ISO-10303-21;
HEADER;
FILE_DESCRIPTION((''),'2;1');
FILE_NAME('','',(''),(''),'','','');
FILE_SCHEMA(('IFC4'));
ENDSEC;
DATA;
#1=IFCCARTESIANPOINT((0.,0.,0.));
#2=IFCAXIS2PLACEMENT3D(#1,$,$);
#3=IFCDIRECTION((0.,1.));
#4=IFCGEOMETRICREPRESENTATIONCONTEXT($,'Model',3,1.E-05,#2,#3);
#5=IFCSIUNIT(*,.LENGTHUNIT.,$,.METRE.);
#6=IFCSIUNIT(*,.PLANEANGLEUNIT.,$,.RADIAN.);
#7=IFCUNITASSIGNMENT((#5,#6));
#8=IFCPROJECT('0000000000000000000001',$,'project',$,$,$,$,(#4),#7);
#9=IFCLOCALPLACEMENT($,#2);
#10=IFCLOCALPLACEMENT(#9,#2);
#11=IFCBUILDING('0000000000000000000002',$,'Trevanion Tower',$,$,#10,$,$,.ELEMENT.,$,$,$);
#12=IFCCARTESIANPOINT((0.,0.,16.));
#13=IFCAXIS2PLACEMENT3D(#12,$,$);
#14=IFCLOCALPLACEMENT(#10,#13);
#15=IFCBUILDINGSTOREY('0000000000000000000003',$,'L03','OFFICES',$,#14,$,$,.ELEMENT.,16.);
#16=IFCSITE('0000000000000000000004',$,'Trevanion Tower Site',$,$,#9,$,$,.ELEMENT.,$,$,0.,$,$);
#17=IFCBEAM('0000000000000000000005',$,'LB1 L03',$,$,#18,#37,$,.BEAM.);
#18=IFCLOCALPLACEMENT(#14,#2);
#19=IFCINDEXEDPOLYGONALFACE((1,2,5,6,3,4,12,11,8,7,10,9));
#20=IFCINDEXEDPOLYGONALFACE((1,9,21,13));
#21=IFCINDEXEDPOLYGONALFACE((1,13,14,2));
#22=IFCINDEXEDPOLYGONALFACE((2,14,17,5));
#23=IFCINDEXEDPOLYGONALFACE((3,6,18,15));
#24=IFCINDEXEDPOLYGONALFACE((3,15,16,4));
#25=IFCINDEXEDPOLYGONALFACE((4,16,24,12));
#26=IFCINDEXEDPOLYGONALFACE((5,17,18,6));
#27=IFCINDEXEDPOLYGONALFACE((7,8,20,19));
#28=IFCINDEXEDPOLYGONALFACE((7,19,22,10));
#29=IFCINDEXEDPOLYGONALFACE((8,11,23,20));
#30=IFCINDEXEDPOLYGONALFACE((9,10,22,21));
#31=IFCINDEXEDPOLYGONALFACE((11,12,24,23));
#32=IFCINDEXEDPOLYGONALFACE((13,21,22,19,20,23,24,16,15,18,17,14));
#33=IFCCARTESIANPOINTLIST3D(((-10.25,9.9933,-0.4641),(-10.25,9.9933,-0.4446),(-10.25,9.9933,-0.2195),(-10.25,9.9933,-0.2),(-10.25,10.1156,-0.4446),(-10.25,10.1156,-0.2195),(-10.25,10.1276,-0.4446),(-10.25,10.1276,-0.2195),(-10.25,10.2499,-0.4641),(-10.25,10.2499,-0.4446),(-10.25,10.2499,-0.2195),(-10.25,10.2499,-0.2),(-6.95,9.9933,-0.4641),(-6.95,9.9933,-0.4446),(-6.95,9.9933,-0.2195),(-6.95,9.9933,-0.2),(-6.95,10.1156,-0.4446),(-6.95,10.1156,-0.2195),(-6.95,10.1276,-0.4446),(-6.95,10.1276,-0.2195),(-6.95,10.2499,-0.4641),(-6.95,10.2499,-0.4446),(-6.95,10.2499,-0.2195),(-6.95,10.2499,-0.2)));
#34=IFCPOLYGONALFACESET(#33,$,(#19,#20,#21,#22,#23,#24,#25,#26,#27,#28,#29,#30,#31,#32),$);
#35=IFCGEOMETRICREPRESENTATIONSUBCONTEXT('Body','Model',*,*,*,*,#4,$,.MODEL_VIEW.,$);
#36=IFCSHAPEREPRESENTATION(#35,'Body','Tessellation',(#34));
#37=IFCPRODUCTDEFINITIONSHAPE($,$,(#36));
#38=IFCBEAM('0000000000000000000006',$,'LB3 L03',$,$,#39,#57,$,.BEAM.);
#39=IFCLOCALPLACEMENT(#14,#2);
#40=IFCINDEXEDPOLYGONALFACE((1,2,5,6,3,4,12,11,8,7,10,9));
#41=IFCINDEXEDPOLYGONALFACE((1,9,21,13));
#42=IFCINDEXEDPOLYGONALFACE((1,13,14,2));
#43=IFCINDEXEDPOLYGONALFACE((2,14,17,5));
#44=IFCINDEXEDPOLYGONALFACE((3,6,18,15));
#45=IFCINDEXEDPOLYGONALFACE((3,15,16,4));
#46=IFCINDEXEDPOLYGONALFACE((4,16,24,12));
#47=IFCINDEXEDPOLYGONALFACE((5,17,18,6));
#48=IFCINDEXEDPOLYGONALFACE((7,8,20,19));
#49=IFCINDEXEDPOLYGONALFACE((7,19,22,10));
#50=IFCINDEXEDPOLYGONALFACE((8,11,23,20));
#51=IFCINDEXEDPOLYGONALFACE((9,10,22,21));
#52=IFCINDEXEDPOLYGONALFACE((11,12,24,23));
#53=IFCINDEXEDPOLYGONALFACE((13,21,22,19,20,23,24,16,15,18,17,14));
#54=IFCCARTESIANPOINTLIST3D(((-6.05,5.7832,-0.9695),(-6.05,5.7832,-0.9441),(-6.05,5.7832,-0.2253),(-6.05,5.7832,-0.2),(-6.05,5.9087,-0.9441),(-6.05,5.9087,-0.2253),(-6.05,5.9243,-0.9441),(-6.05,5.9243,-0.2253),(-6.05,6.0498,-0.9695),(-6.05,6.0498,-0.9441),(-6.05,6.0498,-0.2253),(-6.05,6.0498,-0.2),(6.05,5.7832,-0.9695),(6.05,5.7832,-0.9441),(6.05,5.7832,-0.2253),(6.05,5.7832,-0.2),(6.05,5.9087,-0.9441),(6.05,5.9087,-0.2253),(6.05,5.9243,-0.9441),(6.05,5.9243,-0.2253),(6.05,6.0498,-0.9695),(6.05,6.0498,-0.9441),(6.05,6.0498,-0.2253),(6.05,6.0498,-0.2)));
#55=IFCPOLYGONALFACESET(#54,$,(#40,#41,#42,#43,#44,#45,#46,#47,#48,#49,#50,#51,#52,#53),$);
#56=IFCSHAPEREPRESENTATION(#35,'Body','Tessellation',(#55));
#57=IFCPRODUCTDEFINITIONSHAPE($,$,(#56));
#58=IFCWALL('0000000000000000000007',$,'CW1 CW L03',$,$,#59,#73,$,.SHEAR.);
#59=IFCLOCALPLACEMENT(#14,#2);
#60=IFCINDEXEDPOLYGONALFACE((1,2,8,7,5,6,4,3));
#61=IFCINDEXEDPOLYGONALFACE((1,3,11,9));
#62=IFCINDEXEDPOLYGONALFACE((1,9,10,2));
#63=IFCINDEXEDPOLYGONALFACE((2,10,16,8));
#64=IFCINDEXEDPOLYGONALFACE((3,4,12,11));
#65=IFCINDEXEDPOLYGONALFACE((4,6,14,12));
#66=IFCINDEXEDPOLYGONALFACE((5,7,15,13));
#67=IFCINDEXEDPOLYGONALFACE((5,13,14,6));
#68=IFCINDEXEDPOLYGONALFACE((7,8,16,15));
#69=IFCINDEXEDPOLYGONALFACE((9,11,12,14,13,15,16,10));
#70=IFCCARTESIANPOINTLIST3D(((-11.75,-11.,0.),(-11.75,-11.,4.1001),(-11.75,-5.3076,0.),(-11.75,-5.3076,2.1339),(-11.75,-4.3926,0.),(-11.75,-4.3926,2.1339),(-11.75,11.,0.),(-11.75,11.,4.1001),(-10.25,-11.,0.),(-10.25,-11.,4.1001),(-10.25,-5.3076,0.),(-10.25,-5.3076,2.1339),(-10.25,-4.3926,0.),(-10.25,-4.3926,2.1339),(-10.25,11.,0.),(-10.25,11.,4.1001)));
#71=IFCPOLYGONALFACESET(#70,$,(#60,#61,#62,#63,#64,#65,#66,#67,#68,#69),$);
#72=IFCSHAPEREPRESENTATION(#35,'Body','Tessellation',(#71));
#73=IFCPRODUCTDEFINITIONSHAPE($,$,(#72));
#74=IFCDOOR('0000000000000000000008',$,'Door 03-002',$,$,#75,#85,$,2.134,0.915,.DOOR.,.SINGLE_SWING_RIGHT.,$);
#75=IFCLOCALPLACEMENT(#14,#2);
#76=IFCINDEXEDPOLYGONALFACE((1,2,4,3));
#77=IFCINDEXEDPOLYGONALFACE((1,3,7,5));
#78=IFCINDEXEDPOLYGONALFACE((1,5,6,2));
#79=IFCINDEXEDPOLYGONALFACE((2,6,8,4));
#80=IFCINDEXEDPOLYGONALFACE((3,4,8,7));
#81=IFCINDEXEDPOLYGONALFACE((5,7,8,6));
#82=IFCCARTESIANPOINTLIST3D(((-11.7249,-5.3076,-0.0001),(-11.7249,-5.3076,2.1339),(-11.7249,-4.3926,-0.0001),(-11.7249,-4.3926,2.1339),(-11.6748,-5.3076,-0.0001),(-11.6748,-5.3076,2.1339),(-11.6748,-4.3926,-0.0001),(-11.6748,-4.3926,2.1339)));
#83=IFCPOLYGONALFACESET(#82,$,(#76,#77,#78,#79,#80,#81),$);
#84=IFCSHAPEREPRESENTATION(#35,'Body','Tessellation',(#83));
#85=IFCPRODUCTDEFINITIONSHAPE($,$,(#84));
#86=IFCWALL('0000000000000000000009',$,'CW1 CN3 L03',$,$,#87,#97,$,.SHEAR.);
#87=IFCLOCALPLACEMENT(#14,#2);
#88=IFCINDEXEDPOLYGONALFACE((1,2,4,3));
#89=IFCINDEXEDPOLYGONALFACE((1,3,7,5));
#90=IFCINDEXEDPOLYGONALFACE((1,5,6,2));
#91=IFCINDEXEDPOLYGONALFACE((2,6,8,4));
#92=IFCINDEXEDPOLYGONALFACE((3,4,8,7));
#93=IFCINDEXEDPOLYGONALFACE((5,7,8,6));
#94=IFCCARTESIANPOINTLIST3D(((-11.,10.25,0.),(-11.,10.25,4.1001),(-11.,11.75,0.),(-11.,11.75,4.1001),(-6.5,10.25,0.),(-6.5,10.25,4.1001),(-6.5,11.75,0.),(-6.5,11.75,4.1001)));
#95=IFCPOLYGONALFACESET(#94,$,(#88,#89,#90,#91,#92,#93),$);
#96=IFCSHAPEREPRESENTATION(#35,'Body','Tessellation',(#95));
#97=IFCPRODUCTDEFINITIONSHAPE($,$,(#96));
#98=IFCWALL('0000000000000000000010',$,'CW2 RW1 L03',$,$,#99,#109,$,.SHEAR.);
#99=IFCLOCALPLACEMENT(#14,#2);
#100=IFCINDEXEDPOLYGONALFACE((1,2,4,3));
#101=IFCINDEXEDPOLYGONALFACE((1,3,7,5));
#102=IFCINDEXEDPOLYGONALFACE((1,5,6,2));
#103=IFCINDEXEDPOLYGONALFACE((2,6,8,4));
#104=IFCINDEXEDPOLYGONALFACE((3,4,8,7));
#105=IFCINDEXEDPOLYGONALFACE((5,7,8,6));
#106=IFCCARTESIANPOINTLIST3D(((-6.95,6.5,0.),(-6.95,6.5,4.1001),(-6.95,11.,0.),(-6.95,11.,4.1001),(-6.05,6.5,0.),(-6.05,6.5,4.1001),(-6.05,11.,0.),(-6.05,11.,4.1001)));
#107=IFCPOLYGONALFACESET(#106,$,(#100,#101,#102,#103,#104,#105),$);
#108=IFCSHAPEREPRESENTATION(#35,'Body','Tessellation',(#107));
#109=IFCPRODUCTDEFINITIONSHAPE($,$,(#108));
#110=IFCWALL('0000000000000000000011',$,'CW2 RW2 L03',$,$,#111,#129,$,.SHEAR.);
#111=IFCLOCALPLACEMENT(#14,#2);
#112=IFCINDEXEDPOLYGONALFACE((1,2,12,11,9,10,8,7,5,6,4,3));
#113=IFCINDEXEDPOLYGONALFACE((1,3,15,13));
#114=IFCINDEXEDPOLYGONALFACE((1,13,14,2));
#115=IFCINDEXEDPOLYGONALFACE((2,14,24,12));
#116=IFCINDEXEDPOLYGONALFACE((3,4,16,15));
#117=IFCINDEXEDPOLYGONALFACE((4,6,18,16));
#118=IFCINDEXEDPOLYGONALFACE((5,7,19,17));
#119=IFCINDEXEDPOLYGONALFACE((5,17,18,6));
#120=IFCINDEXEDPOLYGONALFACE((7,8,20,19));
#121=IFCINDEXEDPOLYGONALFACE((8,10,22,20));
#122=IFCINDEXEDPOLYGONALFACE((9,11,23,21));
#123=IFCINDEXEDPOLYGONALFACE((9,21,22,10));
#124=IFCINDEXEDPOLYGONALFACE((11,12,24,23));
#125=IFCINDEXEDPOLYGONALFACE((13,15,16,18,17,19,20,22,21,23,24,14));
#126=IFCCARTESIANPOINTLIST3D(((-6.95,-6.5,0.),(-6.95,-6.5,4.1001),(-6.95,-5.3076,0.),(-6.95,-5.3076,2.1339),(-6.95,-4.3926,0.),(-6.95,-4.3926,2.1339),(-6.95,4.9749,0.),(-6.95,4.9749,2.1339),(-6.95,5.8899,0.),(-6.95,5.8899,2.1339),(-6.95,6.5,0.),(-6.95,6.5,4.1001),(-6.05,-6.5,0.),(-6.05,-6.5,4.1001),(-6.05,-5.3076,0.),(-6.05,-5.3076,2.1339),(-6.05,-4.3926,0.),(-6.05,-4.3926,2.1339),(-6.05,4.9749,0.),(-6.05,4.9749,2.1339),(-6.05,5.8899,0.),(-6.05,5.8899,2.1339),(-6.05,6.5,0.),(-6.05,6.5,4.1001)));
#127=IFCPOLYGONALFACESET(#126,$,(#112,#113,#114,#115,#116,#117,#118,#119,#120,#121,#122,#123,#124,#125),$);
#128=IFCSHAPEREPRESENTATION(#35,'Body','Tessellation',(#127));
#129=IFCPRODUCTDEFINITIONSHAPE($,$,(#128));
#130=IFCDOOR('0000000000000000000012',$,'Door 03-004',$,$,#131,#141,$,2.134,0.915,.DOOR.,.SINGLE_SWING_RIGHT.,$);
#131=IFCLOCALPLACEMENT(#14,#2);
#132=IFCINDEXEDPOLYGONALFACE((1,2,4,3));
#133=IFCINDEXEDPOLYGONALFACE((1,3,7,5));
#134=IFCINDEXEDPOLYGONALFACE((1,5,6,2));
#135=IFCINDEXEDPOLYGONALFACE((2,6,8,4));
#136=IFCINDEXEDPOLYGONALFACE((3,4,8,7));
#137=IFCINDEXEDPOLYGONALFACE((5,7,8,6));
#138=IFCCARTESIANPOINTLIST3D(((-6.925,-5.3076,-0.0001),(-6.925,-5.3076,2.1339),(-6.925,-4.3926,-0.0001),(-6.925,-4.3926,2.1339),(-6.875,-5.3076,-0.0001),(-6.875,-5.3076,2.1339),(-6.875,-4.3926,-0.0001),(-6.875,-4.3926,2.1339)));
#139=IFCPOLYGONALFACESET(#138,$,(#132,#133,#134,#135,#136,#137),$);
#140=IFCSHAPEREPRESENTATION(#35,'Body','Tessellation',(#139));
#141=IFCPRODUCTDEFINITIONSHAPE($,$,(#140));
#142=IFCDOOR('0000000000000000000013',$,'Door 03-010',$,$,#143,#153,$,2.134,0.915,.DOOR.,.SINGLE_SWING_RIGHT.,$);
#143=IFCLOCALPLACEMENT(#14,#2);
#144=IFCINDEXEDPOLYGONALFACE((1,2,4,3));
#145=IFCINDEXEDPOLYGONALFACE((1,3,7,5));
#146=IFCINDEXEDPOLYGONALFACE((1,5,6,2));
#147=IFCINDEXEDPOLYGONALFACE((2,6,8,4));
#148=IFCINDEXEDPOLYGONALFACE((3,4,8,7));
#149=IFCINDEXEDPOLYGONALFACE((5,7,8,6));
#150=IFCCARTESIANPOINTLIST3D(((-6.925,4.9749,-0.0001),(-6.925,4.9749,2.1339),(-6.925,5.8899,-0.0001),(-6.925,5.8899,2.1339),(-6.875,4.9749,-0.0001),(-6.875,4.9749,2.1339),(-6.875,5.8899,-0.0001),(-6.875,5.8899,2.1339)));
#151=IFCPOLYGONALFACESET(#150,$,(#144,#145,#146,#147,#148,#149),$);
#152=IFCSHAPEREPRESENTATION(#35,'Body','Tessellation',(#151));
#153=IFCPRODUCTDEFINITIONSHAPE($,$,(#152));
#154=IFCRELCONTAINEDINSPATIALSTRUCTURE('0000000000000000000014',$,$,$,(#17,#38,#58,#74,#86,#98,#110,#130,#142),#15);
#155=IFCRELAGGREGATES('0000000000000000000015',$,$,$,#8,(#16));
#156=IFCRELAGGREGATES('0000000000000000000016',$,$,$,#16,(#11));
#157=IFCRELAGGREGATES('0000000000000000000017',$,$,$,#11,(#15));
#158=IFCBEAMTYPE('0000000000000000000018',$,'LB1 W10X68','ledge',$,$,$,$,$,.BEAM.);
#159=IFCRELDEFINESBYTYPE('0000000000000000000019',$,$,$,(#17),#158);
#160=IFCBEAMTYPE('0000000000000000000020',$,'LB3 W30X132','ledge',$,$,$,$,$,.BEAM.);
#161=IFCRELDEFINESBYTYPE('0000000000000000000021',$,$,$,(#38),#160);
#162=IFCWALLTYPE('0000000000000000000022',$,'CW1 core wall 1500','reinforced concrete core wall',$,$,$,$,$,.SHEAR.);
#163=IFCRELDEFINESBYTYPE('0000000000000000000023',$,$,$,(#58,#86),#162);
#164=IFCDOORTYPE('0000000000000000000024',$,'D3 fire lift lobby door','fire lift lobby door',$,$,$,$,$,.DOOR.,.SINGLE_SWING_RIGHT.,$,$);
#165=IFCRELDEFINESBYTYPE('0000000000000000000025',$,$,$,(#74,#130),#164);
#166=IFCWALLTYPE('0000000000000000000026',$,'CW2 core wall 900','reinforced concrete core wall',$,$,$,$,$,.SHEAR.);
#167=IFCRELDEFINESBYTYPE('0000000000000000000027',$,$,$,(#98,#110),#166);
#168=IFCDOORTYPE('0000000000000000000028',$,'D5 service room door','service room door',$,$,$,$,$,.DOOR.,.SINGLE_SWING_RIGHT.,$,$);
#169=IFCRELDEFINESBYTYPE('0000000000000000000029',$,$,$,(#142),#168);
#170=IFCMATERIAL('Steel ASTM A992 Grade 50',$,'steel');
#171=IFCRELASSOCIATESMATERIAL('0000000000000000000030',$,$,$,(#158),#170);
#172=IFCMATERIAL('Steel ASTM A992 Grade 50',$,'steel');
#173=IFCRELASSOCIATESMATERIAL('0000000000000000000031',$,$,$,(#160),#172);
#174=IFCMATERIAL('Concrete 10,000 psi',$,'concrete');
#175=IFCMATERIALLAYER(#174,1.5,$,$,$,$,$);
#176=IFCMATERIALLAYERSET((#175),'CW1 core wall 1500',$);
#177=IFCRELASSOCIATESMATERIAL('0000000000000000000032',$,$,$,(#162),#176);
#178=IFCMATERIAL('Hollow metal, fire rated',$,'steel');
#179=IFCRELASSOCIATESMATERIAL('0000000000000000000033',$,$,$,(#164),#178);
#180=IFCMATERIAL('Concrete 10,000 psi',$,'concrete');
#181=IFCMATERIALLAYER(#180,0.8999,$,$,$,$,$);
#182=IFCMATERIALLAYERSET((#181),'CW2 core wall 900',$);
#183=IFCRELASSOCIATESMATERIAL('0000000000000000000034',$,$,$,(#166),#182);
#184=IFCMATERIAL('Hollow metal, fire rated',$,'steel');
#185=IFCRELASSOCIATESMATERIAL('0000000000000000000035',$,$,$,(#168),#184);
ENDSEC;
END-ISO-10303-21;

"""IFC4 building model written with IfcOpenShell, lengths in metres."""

from ifc_helpers import new_model, si_unit, direction, frame, frame_2d, origin, origin_2d, place, context, subcontext, project, spatial, rectangle, i_section, extrude, material, layer, layer_set, material_profile, profile_set, type_object, element, fill, save


model = new_model("IFC4")

# Units and contexts
model_context = context("Model", 3, precision=1e-05, world=origin(), true_north=direction((0.0, 1.0)))
body_context = subcontext(model_context, "Body", "Model", "MODEL_VIEW")
ifc_project = project(units=[si_unit("LENGTHUNIT", "METRE"), si_unit("PLANEANGLEUNIT", "RADIAN")], contexts=[model_context])

# Site, building, storey
site_placement = place(None, origin())
site = spatial("IfcSite", under=ifc_project, at=site_placement, Name="Trevanion Tower Site", CompositionType="ELEMENT", RefElevation=0.0)
building_placement = place(site_placement, origin())
building = spatial("IfcBuilding", under=site, at=building_placement, Name="Trevanion Tower", CompositionType="ELEMENT")
storey_placement = place(building_placement, frame((0.0, 0.0, 16.0)))
storey = spatial("IfcBuildingStorey", under=building, at=storey_placement, Name="L03", Description="OFFICES", CompositionType="ELEMENT", Elevation=16.0)

# Beams
ifc_material_1 = material(Name="Steel ASTM A992 Grade 50", Category="steel")
ifc_material_profile_1 = material_profile(ifc_material_1, i_section(OverallWidth=0.2566, OverallDepth=0.2642, WebThickness=0.012, FlangeThickness=0.0195, at=origin_2d()), Name="W10X68")
ifc_profile_set_1 = profile_set([ifc_material_profile_1], Name="Steel ASTM A992 Grade 50")
beam_type_1 = type_object("IfcBeamType", Name="LB1 W10X68", Description="ledge", PredefinedType="BEAM", material=ifc_profile_set_1)
beam_1_placement = place(storey_placement, frame((-10.25, 10.1216, -0.332), z_axis=(1.0, 0.0, 0.0), x_axis=(0.0, 1.0, 0.0)))
element("IfcBeam", 1, at=beam_1_placement, inside=storey, type_object=beam_type_1, Name="LB1 L03", PredefinedType="BEAM", context=body_context, shape_type="SweptSolid", body=[
    extrude(i_section(OverallWidth=0.2566, OverallDepth=0.2642, WebThickness=0.012, FlangeThickness=0.0195, at=origin_2d()), origin(), (0.0, 0.0, 1.0), 3.3),
])
ifc_material_2 = material(Name="Steel ASTM A992 Grade 50", Category="steel")
ifc_material_profile_2 = material_profile(ifc_material_2, i_section(OverallWidth=0.2666, OverallDepth=0.7695, WebThickness=0.0156, FlangeThickness=0.0254, at=origin_2d()), Name="W30X132")
ifc_profile_set_2 = profile_set([ifc_material_profile_2], Name="Steel ASTM A992 Grade 50")
beam_type_2 = type_object("IfcBeamType", Name="LB3 W30X132", Description="ledge", PredefinedType="BEAM", material=ifc_profile_set_2)
beam_2_placement = place(storey_placement, frame((-6.05, 5.9165, -0.5847), z_axis=(1.0, 0.0, 0.0), x_axis=(0.0, 1.0, 0.0)))
element("IfcBeam", 2, at=beam_2_placement, inside=storey, type_object=beam_type_2, Name="LB3 L03", PredefinedType="BEAM", context=body_context, shape_type="SweptSolid", body=[
    extrude(i_section(OverallWidth=0.2666, OverallDepth=0.7695, WebThickness=0.0156, FlangeThickness=0.0254, at=origin_2d()), origin(), (0.0, 0.0, 1.0), 12.1001),
])

# Wall, opening, door
ifc_material_3 = material(Name="Concrete 10,000 psi", Category="concrete")
ifc_layer_1 = layer(ifc_material_3, 1.5)
ifc_layer_set_1 = layer_set([ifc_layer_1], Name="CW1 core wall 1500")
wall_type_1 = type_object("IfcWallType", Name="CW1 core wall 1500", Description="reinforced concrete core wall", PredefinedType="SHEAR", material=ifc_layer_set_1)
wall_1_placement = place(storey_placement, frame((-11.0, 11.0, 0.0), z_axis=(0.0, 0.0, 1.0), x_axis=(0.0, -1.0, 0.0)))
wall_1 = element("IfcWall", 3, at=wall_1_placement, inside=storey, type_object=wall_type_1, Name="CW1 CW L03", PredefinedType="SHEAR", context=body_context, shape_type="SweptSolid", body=[
    extrude(rectangle(XDim=22.0, YDim=1.5, at=frame_2d((11.0, 0.0))), origin(), (0.0, 0.0, 1.0), 4.1001),
])
opening_1_placement = place(wall_1_placement, frame((15.3926, 0.0, 0.0)))
opening_1 = element("IfcOpeningElement", 4, at=opening_1_placement, cuts=wall_1, PredefinedType="OPENING", context=body_context, shape_type="SweptSolid", body=[
    extrude(rectangle(XDim=0.915, YDim=2.134, at=frame_2d((0.4575, 1.0669))), frame((0.0, 0.76, 0.0), z_axis=(0.0, -1.0, 0.0), x_axis=(1.0, 0.0, 0.0)), (0.0, 0.0, 1.0), 1.52),
])
ifc_material_4 = material(Name="Hollow metal, fire rated", Category="steel")
door_type_1 = type_object("IfcDoorType", Name="D3 fire lift lobby door", Description="fire lift lobby door", OperationType="SINGLE_SWING_RIGHT", PredefinedType="DOOR", material=ifc_material_4)
door_1_placement = place(opening_1_placement, origin())
door_1 = element("IfcDoor", 5, at=door_1_placement, inside=storey, type_object=door_type_1, Name="Door 03-002", OperationType="SINGLE_SWING_RIGHT", OverallHeight=2.134, OverallWidth=0.915, PredefinedType="DOOR", context=body_context, shape_type="SweptSolid", body=[
    extrude(rectangle(XDim=0.915, YDim=2.134, at=frame_2d((0.4575, 1.0669))), frame((0.0, -0.6748, 0.0), z_axis=(0.0, -1.0, 0.0), x_axis=(1.0, 0.0, 0.0)), (0.0, 0.0, 1.0), 0.05),
])
fill(opening_1, door_1)

# Walls
wall_2_placement = place(storey_placement, frame((-6.5, 11.0, 0.0), z_axis=(0.0, 0.0, 1.0), x_axis=(-1.0, 0.0, 0.0)))
element("IfcWall", 6, at=wall_2_placement, inside=storey, type_object=wall_type_1, Name="CW1 CN3 L03", PredefinedType="SHEAR", context=body_context, shape_type="SweptSolid", body=[
    extrude(rectangle(XDim=4.5, YDim=1.5, at=frame_2d((2.25, 0.0))), origin(), (0.0, 0.0, 1.0), 4.1001),
])
ifc_material_5 = material(Name="Concrete 10,000 psi", Category="concrete")
ifc_layer_2 = layer(ifc_material_5, 0.8999)
ifc_layer_set_2 = layer_set([ifc_layer_2], Name="CW2 core wall 900")
wall_type_2 = type_object("IfcWallType", Name="CW2 core wall 900", Description="reinforced concrete core wall", PredefinedType="SHEAR", material=ifc_layer_set_2)
wall_3_placement = place(storey_placement, frame((-6.5, 11.0, 0.0), z_axis=(0.0, 0.0, 1.0), x_axis=(0.0, -1.0, 0.0)))
element("IfcWall", 7, at=wall_3_placement, inside=storey, type_object=wall_type_2, Name="CW2 RW1 L03", PredefinedType="SHEAR", context=body_context, shape_type="SweptSolid", body=[
    extrude(rectangle(XDim=4.5, YDim=0.8999, at=frame_2d((2.25, 0.0))), origin(), (0.0, 0.0, 1.0), 4.1001),
])

# Wall, openings, doors
wall_4_placement = place(storey_placement, frame((-6.5, 6.5, 0.0), z_axis=(0.0, 0.0, 1.0), x_axis=(0.0, -1.0, 0.0)))
wall_4 = element("IfcWall", 8, at=wall_4_placement, inside=storey, type_object=wall_type_2, Name="CW2 RW2 L03", PredefinedType="SHEAR", context=body_context, shape_type="SweptSolid", body=[
    extrude(rectangle(XDim=13.0, YDim=0.8999, at=frame_2d((6.5, 0.0))), origin(), (0.0, 0.0, 1.0), 4.1001),
])
opening_2_placement = place(wall_4_placement, frame((10.8926, 0.0, 0.0)))
opening_2 = element("IfcOpeningElement", 9, at=opening_2_placement, cuts=wall_4, PredefinedType="OPENING", context=body_context, shape_type="SweptSolid", body=[
    extrude(rectangle(XDim=0.915, YDim=2.134, at=frame_2d((0.4575, 1.0669))), frame((0.0, 0.46, 0.0), z_axis=(0.0, -1.0, 0.0), x_axis=(1.0, 0.0, 0.0)), (0.0, 0.0, 1.0), 0.9199),
])
opening_3_placement = place(wall_4_placement, frame((0.6101, 0.0, 0.0)))
opening_3 = element("IfcOpeningElement", 10, at=opening_3_placement, cuts=wall_4, PredefinedType="OPENING", context=body_context, shape_type="SweptSolid", body=[
    extrude(rectangle(XDim=0.915, YDim=2.134, at=frame_2d((0.4575, 1.0669))), frame((0.0, 0.46, 0.0), z_axis=(0.0, -1.0, 0.0), x_axis=(1.0, 0.0, 0.0)), (0.0, 0.0, 1.0), 0.9199),
])
door_2_placement = place(opening_2_placement, origin())
door_2 = element("IfcDoor", 11, at=door_2_placement, inside=storey, type_object=door_type_1, Name="Door 03-004", OperationType="SINGLE_SWING_RIGHT", OverallHeight=2.134, OverallWidth=0.915, PredefinedType="DOOR", context=body_context, shape_type="SweptSolid", body=[
    extrude(rectangle(XDim=0.915, YDim=2.134, at=frame_2d((0.4575, 1.0669))), frame((0.0, -0.375, 0.0), z_axis=(0.0, -1.0, 0.0), x_axis=(1.0, 0.0, 0.0)), (0.0, 0.0, 1.0), 0.05),
])
fill(opening_2, door_2)
ifc_material_6 = material(Name="Hollow metal, fire rated", Category="steel")
door_type_2 = type_object("IfcDoorType", Name="D5 service room door", Description="service room door", OperationType="SINGLE_SWING_RIGHT", PredefinedType="DOOR", material=ifc_material_6)
door_3_placement = place(opening_3_placement, origin())
door_3 = element("IfcDoor", 12, at=door_3_placement, inside=storey, type_object=door_type_2, Name="Door 03-010", OperationType="SINGLE_SWING_RIGHT", OverallHeight=2.134, OverallWidth=0.915, PredefinedType="DOOR", context=body_context, shape_type="SweptSolid", body=[
    extrude(rectangle(XDim=0.915, YDim=2.134, at=frame_2d((0.4575, 1.0669))), frame((0.0, -0.375, 0.0), z_axis=(0.0, -1.0, 0.0), x_axis=(1.0, 0.0, 0.0)), (0.0, 0.0, 1.0), 0.05),
])
fill(opening_3, door_3)

save(model, "model.ifc")
